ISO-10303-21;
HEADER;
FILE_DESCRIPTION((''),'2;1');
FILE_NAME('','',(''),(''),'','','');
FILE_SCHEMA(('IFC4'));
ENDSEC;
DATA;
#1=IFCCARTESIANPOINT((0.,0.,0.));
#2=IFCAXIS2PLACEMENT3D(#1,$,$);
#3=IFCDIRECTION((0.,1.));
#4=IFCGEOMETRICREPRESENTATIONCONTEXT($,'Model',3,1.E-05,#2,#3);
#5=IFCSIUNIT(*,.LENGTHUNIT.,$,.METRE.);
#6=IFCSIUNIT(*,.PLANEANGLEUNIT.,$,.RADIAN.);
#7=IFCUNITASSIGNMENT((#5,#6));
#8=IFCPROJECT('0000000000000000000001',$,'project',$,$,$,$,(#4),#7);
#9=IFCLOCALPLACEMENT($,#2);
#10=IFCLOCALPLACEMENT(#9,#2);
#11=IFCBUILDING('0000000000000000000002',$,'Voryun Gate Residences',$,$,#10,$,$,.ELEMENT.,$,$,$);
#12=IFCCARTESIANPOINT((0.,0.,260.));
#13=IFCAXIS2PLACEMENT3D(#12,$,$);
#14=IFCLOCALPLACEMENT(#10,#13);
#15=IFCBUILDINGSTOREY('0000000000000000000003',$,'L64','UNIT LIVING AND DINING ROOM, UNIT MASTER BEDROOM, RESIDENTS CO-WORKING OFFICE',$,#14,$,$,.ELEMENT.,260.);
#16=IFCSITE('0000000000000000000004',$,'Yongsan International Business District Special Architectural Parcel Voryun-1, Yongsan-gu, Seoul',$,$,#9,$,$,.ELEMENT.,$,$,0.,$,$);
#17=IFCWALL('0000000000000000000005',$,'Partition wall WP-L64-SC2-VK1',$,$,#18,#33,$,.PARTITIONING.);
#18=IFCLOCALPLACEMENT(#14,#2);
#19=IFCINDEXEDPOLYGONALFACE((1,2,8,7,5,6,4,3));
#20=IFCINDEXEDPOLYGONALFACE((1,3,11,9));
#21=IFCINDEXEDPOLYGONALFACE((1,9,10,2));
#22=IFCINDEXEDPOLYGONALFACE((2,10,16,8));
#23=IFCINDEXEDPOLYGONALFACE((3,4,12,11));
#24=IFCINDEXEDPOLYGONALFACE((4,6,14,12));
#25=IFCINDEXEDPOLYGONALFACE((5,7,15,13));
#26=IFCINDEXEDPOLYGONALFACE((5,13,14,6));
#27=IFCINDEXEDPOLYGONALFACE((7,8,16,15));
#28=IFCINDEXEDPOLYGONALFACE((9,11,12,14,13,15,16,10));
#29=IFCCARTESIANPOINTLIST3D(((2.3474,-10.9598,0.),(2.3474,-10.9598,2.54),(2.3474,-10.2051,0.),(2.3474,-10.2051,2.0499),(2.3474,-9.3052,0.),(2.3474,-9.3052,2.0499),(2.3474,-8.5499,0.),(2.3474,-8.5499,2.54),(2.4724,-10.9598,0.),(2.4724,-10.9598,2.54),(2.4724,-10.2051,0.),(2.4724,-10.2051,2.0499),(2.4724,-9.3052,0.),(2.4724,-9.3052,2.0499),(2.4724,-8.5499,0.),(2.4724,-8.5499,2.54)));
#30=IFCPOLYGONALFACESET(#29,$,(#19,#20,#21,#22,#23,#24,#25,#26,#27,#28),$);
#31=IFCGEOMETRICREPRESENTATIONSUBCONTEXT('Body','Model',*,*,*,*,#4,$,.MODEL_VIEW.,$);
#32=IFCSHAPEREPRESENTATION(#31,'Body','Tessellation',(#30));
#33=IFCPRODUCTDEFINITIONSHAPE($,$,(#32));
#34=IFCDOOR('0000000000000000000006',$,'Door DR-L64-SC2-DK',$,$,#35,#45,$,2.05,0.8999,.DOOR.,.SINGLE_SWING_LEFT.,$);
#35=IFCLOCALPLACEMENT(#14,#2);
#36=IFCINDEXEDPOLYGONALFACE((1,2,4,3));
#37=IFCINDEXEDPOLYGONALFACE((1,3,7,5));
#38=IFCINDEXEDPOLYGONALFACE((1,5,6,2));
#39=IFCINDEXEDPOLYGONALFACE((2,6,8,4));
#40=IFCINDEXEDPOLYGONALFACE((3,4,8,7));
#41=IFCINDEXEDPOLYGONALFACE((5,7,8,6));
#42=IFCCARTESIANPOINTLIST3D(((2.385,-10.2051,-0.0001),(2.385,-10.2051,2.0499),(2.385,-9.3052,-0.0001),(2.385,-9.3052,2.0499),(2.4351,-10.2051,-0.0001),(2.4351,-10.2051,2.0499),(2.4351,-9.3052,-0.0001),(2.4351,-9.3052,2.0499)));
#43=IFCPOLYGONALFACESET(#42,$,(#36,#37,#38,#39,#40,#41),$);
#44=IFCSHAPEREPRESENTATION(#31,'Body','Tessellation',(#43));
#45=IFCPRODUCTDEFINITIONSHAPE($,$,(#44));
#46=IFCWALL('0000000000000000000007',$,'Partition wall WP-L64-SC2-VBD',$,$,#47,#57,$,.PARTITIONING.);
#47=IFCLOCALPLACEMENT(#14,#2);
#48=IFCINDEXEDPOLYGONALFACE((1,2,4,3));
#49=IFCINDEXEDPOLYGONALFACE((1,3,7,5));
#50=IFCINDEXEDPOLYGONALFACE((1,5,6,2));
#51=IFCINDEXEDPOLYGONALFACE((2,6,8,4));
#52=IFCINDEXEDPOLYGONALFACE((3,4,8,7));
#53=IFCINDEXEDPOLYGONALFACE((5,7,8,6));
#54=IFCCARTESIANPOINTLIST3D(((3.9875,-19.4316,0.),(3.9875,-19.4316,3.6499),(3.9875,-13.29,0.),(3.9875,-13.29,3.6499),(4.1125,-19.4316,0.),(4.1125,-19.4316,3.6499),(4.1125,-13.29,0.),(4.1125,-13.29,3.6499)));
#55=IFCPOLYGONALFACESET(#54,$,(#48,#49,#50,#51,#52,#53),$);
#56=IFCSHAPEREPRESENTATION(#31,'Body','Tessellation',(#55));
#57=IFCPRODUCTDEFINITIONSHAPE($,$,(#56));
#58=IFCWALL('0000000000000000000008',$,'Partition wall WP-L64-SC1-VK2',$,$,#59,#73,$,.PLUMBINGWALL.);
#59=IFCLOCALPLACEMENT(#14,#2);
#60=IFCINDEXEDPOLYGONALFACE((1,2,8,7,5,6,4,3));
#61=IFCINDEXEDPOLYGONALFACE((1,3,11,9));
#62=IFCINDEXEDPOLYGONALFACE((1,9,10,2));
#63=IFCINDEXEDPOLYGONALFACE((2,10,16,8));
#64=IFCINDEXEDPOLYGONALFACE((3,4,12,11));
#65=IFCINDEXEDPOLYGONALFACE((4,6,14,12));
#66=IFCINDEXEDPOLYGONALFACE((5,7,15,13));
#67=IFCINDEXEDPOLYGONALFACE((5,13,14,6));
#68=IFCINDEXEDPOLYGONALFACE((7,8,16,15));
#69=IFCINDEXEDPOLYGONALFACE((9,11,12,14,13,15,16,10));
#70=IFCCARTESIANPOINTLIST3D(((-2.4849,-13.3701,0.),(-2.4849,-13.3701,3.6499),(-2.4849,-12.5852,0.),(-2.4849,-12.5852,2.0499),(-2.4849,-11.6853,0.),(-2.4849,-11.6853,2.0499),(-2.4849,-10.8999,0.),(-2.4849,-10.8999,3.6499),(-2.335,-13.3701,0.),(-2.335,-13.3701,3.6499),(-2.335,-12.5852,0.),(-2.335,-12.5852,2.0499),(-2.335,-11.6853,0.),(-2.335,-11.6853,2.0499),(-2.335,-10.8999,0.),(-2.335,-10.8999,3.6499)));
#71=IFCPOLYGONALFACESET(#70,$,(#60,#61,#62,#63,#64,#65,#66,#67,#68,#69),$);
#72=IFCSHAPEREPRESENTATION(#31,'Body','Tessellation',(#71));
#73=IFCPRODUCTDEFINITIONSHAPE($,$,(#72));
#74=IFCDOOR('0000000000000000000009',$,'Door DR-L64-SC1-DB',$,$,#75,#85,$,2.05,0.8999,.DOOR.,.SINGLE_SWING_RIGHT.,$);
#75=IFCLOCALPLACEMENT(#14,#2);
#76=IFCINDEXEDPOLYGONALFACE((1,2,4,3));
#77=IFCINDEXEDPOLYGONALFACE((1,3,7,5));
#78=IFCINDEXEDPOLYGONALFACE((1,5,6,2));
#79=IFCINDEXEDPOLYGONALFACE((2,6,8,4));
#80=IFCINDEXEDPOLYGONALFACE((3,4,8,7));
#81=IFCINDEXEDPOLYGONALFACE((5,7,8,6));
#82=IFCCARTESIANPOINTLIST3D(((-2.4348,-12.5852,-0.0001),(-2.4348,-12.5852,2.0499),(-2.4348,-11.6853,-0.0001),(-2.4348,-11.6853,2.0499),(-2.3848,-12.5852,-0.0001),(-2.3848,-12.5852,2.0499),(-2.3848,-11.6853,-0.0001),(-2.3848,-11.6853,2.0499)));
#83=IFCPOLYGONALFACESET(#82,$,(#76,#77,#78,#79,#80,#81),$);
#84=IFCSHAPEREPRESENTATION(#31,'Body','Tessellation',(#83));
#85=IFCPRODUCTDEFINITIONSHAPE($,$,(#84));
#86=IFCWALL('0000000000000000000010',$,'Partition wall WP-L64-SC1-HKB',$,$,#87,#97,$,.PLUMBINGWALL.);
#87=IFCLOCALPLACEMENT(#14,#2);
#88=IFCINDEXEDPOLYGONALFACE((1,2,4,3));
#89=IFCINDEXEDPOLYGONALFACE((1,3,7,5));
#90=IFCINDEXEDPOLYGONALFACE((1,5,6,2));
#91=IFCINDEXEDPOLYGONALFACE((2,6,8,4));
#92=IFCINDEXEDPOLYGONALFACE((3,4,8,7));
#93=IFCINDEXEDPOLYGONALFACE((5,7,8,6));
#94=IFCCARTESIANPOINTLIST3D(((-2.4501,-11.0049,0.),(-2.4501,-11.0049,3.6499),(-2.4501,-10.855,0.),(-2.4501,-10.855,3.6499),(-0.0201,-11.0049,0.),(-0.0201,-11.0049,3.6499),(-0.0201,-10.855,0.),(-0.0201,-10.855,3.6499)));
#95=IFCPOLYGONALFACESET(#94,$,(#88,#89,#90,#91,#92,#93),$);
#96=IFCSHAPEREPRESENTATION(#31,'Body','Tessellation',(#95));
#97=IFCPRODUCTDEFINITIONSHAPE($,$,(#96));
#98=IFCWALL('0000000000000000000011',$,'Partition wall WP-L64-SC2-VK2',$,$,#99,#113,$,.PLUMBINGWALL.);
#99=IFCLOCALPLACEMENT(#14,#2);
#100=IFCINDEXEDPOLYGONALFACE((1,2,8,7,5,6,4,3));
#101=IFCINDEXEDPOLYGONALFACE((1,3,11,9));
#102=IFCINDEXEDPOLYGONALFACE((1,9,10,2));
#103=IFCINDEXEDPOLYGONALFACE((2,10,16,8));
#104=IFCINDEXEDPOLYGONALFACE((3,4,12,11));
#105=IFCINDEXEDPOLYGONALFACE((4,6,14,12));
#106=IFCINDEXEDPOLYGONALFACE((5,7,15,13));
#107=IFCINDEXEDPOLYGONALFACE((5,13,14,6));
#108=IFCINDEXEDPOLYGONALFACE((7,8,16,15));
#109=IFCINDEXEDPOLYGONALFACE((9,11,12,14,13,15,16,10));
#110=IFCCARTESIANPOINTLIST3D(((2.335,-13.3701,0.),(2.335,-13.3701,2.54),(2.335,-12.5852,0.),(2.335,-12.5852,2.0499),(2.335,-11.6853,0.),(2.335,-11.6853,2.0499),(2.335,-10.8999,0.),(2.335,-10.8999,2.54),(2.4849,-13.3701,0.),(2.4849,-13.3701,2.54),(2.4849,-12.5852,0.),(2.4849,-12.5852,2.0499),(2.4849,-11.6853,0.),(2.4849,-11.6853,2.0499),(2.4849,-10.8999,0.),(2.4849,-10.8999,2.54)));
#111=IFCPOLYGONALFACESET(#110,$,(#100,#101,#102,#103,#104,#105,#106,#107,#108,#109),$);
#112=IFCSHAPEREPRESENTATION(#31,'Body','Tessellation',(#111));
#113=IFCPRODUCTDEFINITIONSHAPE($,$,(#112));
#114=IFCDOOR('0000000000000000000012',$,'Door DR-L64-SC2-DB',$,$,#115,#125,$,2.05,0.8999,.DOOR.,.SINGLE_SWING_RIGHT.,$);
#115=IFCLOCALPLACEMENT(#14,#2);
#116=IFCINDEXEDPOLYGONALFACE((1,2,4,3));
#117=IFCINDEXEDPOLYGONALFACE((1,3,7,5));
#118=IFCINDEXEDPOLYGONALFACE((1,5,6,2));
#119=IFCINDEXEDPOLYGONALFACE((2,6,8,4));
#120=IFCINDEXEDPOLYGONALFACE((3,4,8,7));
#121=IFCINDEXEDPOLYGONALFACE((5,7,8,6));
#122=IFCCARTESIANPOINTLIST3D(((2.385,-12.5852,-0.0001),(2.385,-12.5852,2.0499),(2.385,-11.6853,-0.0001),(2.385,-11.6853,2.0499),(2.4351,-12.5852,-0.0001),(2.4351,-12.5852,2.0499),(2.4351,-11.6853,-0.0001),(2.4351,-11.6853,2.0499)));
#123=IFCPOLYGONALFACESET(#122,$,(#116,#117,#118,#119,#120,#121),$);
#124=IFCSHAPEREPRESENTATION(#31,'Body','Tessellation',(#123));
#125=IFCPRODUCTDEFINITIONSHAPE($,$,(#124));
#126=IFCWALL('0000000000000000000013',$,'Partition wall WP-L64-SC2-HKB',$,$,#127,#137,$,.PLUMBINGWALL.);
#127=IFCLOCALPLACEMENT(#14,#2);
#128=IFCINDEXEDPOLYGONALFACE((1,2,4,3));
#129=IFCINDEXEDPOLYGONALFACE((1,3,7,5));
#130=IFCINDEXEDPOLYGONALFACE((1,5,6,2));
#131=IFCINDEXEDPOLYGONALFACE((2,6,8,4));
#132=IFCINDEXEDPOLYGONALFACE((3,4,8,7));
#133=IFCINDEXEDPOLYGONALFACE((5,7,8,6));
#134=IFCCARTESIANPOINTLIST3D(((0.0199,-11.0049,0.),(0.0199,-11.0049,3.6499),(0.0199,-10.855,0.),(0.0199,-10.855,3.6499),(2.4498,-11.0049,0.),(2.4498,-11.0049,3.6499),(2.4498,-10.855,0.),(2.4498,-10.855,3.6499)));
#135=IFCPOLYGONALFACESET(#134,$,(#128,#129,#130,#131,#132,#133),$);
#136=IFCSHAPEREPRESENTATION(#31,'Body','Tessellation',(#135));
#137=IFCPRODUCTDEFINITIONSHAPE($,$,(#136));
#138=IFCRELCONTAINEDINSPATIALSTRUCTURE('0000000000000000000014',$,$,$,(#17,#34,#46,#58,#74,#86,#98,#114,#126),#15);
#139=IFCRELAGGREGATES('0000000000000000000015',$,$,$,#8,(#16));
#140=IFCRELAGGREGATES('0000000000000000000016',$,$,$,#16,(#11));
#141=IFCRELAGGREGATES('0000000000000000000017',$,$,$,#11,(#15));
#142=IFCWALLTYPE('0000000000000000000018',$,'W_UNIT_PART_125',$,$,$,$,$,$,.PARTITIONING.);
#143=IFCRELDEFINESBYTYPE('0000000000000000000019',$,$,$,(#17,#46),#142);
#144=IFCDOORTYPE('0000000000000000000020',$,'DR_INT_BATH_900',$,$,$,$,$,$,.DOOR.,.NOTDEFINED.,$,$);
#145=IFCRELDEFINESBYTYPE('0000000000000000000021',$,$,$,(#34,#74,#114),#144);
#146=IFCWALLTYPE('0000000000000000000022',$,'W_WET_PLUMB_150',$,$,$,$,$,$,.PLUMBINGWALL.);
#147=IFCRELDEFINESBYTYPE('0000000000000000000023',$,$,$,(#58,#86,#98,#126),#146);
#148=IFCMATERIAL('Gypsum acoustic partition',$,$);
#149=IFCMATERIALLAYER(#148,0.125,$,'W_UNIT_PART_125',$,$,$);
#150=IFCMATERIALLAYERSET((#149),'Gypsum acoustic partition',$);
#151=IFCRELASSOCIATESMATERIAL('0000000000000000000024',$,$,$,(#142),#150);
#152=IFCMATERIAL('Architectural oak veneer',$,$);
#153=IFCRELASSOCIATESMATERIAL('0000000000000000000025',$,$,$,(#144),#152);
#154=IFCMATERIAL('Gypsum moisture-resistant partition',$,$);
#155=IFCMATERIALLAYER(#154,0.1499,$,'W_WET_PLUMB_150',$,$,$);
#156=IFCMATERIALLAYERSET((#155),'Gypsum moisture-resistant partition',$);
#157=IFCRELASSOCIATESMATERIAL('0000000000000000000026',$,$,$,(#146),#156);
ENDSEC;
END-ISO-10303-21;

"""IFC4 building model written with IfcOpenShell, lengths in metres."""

from ifc_helpers import new_model, si_unit, direction, frame, frame_2d, origin, place, context, subcontext, project, spatial, rectangle, extrude, material, layer, layer_set, type_object, element, fill, save


model = new_model("IFC4")

# Units and contexts
model_context = context("Model", 3, precision=1e-05, world=origin(), true_north=direction((0.0, 1.0)))
body_context = subcontext(model_context, "Body", "Model", "MODEL_VIEW")
ifc_project = project(units=[si_unit("LENGTHUNIT", "METRE"), si_unit("PLANEANGLEUNIT", "RADIAN")], contexts=[model_context])

# Site, building, storey
site_placement = place(None, origin())
site = spatial("IfcSite", under=ifc_project, at=site_placement, Name="Yongsan International Business District Special Architectural Parcel Voryun-1, Yongsan-gu, Seoul", CompositionType="ELEMENT", RefElevation=0.0)
building_placement = place(site_placement, origin())
building = spatial("IfcBuilding", under=site, at=building_placement, Name="Voryun Gate Residences", CompositionType="ELEMENT")
storey_placement = place(building_placement, frame((0.0, 0.0, 260.0)))
storey = spatial("IfcBuildingStorey", under=building, at=storey_placement, Name="L64", Description="UNIT LIVING AND DINING ROOM, UNIT MASTER BEDROOM, RESIDENTS CO-WORKING OFFICE", CompositionType="ELEMENT", Elevation=260.0)

# Shared definitions
ifc_material_1 = material(Name="Gypsum acoustic partition")
ifc_layer_1 = layer(ifc_material_1, 0.125, Name="W_UNIT_PART_125")
ifc_layer_set_1 = layer_set([ifc_layer_1], Name="Gypsum acoustic partition")
wall_type_1 = type_object("IfcWallType", Name="W_UNIT_PART_125", PredefinedType="PARTITIONING", material=ifc_layer_set_1)
ifc_material_2 = material(Name="Architectural oak veneer")
door_type = type_object("IfcDoorType", Name="DR_INT_BATH_900", OperationType="NOTDEFINED", PredefinedType="DOOR", material=ifc_material_2)

# Wall, opening, door
wall_1_placement = place(storey_placement, frame((2.4099, -10.96, 0.0), z_axis=(0.0, 0.0, 1.0), x_axis=(0.0, 1.0, 0.0)))
wall_1 = element("IfcWall", 1, at=wall_1_placement, inside=storey, type_object=wall_type_1, Name="Partition wall WP-L64-SC2-VK1", PredefinedType="PARTITIONING", context=body_context, shape_type="SweptSolid", body=[
    extrude(rectangle(XDim=2.4099, YDim=0.125, at=frame_2d((1.2051, 0.0))), origin(), (0.0, 0.0, 1.0), 2.54),
])
opening_1_placement = place(wall_1_placement, frame((0.7549, 0.0, 0.0)))
opening_1 = element("IfcOpeningElement", 2, at=opening_1_placement, cuts=wall_1, PredefinedType="OPENING", context=body_context, shape_type="SweptSolid", body=[
    extrude(rectangle(XDim=0.8999, YDim=2.05, at=frame_2d((0.45, 1.0249))), frame((0.0, 0.0725, 0.0), z_axis=(0.0, -1.0, 0.0), x_axis=(1.0, 0.0, 0.0)), (0.0, 0.0, 1.0), 0.145),
])
door_1_placement = place(opening_1_placement, origin())
door_1 = element("IfcDoor", 3, at=door_1_placement, inside=storey, type_object=door_type, Name="Door DR-L64-SC2-DK", OperationType="SINGLE_SWING_LEFT", OverallHeight=2.05, OverallWidth=0.8999, PredefinedType="DOOR", context=body_context, shape_type="SweptSolid", body=[
    extrude(rectangle(XDim=0.8999, YDim=2.05, at=frame_2d((0.45, 1.0249))), frame((0.0, 0.0249, 0.0), z_axis=(0.0, -1.0, 0.0), x_axis=(1.0, 0.0, 0.0)), (0.0, 0.0, 1.0), 0.05),
])
fill(opening_1, door_1)

# Wall
wall_2_placement = place(storey_placement, frame((4.05, -19.4316, 0.0), z_axis=(0.0, 0.0, 1.0), x_axis=(0.0, 1.0, 0.0)))
element("IfcWall", 4, at=wall_2_placement, inside=storey, type_object=wall_type_1, Name="Partition wall WP-L64-SC2-VBD", PredefinedType="PARTITIONING", context=body_context, shape_type="SweptSolid", body=[
    extrude(rectangle(XDim=6.1416, YDim=0.125, at=frame_2d((3.0708, 0.0))), origin(), (0.0, 0.0, 1.0), 3.6499),
])

# Wall, opening, door
ifc_material_3 = material(Name="Gypsum moisture-resistant partition")
ifc_layer_2 = layer(ifc_material_3, 0.1499, Name="W_WET_PLUMB_150")
ifc_layer_set_2 = layer_set([ifc_layer_2], Name="Gypsum moisture-resistant partition")
wall_type_2 = type_object("IfcWallType", Name="W_WET_PLUMB_150", PredefinedType="PLUMBINGWALL", material=ifc_layer_set_2)
wall_3_placement = place(storey_placement, frame((-2.4099, -13.3701, 0.0), z_axis=(0.0, 0.0, 1.0), x_axis=(0.0, 1.0, 0.0)))
wall_3 = element("IfcWall", 5, at=wall_3_placement, inside=storey, type_object=wall_type_2, Name="Partition wall WP-L64-SC1-VK2", PredefinedType="PLUMBINGWALL", context=body_context, shape_type="SweptSolid", body=[
    extrude(rectangle(XDim=2.4702, YDim=0.1499, at=frame_2d((1.2351, 0.0))), origin(), (0.0, 0.0, 1.0), 3.6499),
])
opening_2_placement = place(wall_3_placement, frame((0.7849, 0.0, 0.0)))
opening_2 = element("IfcOpeningElement", 6, at=opening_2_placement, cuts=wall_3, PredefinedType="OPENING", context=body_context, shape_type="SweptSolid", body=[
    extrude(rectangle(XDim=0.8999, YDim=2.05, at=frame_2d((0.45, 1.0249))), frame((0.0, 0.085, 0.0), z_axis=(0.0, -1.0, 0.0), x_axis=(1.0, 0.0, 0.0)), (0.0, 0.0, 1.0), 0.1699),
])
door_2_placement = place(opening_2_placement, origin())
door_2 = element("IfcDoor", 7, at=door_2_placement, inside=storey, type_object=door_type, Name="Door DR-L64-SC1-DB", OperationType="SINGLE_SWING_RIGHT", OverallHeight=2.05, OverallWidth=0.8999, PredefinedType="DOOR", context=body_context, shape_type="SweptSolid", body=[
    extrude(rectangle(XDim=0.8999, YDim=2.05, at=frame_2d((0.45, 1.0249))), frame((0.0, 0.0249, 0.0), z_axis=(0.0, -1.0, 0.0), x_axis=(1.0, 0.0, 0.0)), (0.0, 0.0, 1.0), 0.05),
])
fill(opening_2, door_2)

# Wall
wall_4_placement = place(storey_placement, frame((-2.45, -10.9299, 0.0), z_axis=(0.0, 0.0, 1.0), x_axis=(1.0, 0.0, 0.0)))
element("IfcWall", 8, at=wall_4_placement, inside=storey, type_object=wall_type_2, Name="Partition wall WP-L64-SC1-HKB", PredefinedType="PLUMBINGWALL", context=body_context, shape_type="SweptSolid", body=[
    extrude(rectangle(XDim=2.4299, YDim=0.1499, at=frame_2d((1.2148, 0.0))), origin(), (0.0, 0.0, 1.0), 3.6499),
])

# Wall, opening, door
wall_5_placement = place(storey_placement, frame((2.4099, -13.3701, 0.0), z_axis=(0.0, 0.0, 1.0), x_axis=(0.0, 1.0, 0.0)))
wall_5 = element("IfcWall", 9, at=wall_5_placement, inside=storey, type_object=wall_type_2, Name="Partition wall WP-L64-SC2-VK2", PredefinedType="PLUMBINGWALL", context=body_context, shape_type="SweptSolid", body=[
    extrude(rectangle(XDim=2.4702, YDim=0.1499, at=frame_2d((1.2351, 0.0))), origin(), (0.0, 0.0, 1.0), 2.54),
])
opening_3_placement = place(wall_5_placement, frame((0.7849, 0.0, 0.0)))
opening_3 = element("IfcOpeningElement", 10, at=opening_3_placement, cuts=wall_5, PredefinedType="OPENING", context=body_context, shape_type="SweptSolid", body=[
    extrude(rectangle(XDim=0.8999, YDim=2.05, at=frame_2d((0.45, 1.0249))), frame((0.0, 0.085, 0.0), z_axis=(0.0, -1.0, 0.0), x_axis=(1.0, 0.0, 0.0)), (0.0, 0.0, 1.0), 0.1699),
])
door_3_placement = place(opening_3_placement, origin())
door_3 = element("IfcDoor", 11, at=door_3_placement, inside=storey, type_object=door_type, Name="Door DR-L64-SC2-DB", OperationType="SINGLE_SWING_RIGHT", OverallHeight=2.05, OverallWidth=0.8999, PredefinedType="DOOR", context=body_context, shape_type="SweptSolid", body=[
    extrude(rectangle(XDim=0.8999, YDim=2.05, at=frame_2d((0.45, 1.0249))), frame((0.0, 0.0249, 0.0), z_axis=(0.0, -1.0, 0.0), x_axis=(1.0, 0.0, 0.0)), (0.0, 0.0, 1.0), 0.05),
])
fill(opening_3, door_3)

# Wall
wall_6_placement = place(storey_placement, frame((0.02, -10.9299, 0.0), z_axis=(0.0, 0.0, 1.0), x_axis=(1.0, 0.0, 0.0)))
element("IfcWall", 12, at=wall_6_placement, inside=storey, type_object=wall_type_2, Name="Partition wall WP-L64-SC2-HKB", PredefinedType="PLUMBINGWALL", context=body_context, shape_type="SweptSolid", body=[
    extrude(rectangle(XDim=2.4299, YDim=0.1499, at=frame_2d((1.2148, 0.0))), origin(), (0.0, 0.0, 1.0), 3.6499),
])

save(model, "model.ifc")
